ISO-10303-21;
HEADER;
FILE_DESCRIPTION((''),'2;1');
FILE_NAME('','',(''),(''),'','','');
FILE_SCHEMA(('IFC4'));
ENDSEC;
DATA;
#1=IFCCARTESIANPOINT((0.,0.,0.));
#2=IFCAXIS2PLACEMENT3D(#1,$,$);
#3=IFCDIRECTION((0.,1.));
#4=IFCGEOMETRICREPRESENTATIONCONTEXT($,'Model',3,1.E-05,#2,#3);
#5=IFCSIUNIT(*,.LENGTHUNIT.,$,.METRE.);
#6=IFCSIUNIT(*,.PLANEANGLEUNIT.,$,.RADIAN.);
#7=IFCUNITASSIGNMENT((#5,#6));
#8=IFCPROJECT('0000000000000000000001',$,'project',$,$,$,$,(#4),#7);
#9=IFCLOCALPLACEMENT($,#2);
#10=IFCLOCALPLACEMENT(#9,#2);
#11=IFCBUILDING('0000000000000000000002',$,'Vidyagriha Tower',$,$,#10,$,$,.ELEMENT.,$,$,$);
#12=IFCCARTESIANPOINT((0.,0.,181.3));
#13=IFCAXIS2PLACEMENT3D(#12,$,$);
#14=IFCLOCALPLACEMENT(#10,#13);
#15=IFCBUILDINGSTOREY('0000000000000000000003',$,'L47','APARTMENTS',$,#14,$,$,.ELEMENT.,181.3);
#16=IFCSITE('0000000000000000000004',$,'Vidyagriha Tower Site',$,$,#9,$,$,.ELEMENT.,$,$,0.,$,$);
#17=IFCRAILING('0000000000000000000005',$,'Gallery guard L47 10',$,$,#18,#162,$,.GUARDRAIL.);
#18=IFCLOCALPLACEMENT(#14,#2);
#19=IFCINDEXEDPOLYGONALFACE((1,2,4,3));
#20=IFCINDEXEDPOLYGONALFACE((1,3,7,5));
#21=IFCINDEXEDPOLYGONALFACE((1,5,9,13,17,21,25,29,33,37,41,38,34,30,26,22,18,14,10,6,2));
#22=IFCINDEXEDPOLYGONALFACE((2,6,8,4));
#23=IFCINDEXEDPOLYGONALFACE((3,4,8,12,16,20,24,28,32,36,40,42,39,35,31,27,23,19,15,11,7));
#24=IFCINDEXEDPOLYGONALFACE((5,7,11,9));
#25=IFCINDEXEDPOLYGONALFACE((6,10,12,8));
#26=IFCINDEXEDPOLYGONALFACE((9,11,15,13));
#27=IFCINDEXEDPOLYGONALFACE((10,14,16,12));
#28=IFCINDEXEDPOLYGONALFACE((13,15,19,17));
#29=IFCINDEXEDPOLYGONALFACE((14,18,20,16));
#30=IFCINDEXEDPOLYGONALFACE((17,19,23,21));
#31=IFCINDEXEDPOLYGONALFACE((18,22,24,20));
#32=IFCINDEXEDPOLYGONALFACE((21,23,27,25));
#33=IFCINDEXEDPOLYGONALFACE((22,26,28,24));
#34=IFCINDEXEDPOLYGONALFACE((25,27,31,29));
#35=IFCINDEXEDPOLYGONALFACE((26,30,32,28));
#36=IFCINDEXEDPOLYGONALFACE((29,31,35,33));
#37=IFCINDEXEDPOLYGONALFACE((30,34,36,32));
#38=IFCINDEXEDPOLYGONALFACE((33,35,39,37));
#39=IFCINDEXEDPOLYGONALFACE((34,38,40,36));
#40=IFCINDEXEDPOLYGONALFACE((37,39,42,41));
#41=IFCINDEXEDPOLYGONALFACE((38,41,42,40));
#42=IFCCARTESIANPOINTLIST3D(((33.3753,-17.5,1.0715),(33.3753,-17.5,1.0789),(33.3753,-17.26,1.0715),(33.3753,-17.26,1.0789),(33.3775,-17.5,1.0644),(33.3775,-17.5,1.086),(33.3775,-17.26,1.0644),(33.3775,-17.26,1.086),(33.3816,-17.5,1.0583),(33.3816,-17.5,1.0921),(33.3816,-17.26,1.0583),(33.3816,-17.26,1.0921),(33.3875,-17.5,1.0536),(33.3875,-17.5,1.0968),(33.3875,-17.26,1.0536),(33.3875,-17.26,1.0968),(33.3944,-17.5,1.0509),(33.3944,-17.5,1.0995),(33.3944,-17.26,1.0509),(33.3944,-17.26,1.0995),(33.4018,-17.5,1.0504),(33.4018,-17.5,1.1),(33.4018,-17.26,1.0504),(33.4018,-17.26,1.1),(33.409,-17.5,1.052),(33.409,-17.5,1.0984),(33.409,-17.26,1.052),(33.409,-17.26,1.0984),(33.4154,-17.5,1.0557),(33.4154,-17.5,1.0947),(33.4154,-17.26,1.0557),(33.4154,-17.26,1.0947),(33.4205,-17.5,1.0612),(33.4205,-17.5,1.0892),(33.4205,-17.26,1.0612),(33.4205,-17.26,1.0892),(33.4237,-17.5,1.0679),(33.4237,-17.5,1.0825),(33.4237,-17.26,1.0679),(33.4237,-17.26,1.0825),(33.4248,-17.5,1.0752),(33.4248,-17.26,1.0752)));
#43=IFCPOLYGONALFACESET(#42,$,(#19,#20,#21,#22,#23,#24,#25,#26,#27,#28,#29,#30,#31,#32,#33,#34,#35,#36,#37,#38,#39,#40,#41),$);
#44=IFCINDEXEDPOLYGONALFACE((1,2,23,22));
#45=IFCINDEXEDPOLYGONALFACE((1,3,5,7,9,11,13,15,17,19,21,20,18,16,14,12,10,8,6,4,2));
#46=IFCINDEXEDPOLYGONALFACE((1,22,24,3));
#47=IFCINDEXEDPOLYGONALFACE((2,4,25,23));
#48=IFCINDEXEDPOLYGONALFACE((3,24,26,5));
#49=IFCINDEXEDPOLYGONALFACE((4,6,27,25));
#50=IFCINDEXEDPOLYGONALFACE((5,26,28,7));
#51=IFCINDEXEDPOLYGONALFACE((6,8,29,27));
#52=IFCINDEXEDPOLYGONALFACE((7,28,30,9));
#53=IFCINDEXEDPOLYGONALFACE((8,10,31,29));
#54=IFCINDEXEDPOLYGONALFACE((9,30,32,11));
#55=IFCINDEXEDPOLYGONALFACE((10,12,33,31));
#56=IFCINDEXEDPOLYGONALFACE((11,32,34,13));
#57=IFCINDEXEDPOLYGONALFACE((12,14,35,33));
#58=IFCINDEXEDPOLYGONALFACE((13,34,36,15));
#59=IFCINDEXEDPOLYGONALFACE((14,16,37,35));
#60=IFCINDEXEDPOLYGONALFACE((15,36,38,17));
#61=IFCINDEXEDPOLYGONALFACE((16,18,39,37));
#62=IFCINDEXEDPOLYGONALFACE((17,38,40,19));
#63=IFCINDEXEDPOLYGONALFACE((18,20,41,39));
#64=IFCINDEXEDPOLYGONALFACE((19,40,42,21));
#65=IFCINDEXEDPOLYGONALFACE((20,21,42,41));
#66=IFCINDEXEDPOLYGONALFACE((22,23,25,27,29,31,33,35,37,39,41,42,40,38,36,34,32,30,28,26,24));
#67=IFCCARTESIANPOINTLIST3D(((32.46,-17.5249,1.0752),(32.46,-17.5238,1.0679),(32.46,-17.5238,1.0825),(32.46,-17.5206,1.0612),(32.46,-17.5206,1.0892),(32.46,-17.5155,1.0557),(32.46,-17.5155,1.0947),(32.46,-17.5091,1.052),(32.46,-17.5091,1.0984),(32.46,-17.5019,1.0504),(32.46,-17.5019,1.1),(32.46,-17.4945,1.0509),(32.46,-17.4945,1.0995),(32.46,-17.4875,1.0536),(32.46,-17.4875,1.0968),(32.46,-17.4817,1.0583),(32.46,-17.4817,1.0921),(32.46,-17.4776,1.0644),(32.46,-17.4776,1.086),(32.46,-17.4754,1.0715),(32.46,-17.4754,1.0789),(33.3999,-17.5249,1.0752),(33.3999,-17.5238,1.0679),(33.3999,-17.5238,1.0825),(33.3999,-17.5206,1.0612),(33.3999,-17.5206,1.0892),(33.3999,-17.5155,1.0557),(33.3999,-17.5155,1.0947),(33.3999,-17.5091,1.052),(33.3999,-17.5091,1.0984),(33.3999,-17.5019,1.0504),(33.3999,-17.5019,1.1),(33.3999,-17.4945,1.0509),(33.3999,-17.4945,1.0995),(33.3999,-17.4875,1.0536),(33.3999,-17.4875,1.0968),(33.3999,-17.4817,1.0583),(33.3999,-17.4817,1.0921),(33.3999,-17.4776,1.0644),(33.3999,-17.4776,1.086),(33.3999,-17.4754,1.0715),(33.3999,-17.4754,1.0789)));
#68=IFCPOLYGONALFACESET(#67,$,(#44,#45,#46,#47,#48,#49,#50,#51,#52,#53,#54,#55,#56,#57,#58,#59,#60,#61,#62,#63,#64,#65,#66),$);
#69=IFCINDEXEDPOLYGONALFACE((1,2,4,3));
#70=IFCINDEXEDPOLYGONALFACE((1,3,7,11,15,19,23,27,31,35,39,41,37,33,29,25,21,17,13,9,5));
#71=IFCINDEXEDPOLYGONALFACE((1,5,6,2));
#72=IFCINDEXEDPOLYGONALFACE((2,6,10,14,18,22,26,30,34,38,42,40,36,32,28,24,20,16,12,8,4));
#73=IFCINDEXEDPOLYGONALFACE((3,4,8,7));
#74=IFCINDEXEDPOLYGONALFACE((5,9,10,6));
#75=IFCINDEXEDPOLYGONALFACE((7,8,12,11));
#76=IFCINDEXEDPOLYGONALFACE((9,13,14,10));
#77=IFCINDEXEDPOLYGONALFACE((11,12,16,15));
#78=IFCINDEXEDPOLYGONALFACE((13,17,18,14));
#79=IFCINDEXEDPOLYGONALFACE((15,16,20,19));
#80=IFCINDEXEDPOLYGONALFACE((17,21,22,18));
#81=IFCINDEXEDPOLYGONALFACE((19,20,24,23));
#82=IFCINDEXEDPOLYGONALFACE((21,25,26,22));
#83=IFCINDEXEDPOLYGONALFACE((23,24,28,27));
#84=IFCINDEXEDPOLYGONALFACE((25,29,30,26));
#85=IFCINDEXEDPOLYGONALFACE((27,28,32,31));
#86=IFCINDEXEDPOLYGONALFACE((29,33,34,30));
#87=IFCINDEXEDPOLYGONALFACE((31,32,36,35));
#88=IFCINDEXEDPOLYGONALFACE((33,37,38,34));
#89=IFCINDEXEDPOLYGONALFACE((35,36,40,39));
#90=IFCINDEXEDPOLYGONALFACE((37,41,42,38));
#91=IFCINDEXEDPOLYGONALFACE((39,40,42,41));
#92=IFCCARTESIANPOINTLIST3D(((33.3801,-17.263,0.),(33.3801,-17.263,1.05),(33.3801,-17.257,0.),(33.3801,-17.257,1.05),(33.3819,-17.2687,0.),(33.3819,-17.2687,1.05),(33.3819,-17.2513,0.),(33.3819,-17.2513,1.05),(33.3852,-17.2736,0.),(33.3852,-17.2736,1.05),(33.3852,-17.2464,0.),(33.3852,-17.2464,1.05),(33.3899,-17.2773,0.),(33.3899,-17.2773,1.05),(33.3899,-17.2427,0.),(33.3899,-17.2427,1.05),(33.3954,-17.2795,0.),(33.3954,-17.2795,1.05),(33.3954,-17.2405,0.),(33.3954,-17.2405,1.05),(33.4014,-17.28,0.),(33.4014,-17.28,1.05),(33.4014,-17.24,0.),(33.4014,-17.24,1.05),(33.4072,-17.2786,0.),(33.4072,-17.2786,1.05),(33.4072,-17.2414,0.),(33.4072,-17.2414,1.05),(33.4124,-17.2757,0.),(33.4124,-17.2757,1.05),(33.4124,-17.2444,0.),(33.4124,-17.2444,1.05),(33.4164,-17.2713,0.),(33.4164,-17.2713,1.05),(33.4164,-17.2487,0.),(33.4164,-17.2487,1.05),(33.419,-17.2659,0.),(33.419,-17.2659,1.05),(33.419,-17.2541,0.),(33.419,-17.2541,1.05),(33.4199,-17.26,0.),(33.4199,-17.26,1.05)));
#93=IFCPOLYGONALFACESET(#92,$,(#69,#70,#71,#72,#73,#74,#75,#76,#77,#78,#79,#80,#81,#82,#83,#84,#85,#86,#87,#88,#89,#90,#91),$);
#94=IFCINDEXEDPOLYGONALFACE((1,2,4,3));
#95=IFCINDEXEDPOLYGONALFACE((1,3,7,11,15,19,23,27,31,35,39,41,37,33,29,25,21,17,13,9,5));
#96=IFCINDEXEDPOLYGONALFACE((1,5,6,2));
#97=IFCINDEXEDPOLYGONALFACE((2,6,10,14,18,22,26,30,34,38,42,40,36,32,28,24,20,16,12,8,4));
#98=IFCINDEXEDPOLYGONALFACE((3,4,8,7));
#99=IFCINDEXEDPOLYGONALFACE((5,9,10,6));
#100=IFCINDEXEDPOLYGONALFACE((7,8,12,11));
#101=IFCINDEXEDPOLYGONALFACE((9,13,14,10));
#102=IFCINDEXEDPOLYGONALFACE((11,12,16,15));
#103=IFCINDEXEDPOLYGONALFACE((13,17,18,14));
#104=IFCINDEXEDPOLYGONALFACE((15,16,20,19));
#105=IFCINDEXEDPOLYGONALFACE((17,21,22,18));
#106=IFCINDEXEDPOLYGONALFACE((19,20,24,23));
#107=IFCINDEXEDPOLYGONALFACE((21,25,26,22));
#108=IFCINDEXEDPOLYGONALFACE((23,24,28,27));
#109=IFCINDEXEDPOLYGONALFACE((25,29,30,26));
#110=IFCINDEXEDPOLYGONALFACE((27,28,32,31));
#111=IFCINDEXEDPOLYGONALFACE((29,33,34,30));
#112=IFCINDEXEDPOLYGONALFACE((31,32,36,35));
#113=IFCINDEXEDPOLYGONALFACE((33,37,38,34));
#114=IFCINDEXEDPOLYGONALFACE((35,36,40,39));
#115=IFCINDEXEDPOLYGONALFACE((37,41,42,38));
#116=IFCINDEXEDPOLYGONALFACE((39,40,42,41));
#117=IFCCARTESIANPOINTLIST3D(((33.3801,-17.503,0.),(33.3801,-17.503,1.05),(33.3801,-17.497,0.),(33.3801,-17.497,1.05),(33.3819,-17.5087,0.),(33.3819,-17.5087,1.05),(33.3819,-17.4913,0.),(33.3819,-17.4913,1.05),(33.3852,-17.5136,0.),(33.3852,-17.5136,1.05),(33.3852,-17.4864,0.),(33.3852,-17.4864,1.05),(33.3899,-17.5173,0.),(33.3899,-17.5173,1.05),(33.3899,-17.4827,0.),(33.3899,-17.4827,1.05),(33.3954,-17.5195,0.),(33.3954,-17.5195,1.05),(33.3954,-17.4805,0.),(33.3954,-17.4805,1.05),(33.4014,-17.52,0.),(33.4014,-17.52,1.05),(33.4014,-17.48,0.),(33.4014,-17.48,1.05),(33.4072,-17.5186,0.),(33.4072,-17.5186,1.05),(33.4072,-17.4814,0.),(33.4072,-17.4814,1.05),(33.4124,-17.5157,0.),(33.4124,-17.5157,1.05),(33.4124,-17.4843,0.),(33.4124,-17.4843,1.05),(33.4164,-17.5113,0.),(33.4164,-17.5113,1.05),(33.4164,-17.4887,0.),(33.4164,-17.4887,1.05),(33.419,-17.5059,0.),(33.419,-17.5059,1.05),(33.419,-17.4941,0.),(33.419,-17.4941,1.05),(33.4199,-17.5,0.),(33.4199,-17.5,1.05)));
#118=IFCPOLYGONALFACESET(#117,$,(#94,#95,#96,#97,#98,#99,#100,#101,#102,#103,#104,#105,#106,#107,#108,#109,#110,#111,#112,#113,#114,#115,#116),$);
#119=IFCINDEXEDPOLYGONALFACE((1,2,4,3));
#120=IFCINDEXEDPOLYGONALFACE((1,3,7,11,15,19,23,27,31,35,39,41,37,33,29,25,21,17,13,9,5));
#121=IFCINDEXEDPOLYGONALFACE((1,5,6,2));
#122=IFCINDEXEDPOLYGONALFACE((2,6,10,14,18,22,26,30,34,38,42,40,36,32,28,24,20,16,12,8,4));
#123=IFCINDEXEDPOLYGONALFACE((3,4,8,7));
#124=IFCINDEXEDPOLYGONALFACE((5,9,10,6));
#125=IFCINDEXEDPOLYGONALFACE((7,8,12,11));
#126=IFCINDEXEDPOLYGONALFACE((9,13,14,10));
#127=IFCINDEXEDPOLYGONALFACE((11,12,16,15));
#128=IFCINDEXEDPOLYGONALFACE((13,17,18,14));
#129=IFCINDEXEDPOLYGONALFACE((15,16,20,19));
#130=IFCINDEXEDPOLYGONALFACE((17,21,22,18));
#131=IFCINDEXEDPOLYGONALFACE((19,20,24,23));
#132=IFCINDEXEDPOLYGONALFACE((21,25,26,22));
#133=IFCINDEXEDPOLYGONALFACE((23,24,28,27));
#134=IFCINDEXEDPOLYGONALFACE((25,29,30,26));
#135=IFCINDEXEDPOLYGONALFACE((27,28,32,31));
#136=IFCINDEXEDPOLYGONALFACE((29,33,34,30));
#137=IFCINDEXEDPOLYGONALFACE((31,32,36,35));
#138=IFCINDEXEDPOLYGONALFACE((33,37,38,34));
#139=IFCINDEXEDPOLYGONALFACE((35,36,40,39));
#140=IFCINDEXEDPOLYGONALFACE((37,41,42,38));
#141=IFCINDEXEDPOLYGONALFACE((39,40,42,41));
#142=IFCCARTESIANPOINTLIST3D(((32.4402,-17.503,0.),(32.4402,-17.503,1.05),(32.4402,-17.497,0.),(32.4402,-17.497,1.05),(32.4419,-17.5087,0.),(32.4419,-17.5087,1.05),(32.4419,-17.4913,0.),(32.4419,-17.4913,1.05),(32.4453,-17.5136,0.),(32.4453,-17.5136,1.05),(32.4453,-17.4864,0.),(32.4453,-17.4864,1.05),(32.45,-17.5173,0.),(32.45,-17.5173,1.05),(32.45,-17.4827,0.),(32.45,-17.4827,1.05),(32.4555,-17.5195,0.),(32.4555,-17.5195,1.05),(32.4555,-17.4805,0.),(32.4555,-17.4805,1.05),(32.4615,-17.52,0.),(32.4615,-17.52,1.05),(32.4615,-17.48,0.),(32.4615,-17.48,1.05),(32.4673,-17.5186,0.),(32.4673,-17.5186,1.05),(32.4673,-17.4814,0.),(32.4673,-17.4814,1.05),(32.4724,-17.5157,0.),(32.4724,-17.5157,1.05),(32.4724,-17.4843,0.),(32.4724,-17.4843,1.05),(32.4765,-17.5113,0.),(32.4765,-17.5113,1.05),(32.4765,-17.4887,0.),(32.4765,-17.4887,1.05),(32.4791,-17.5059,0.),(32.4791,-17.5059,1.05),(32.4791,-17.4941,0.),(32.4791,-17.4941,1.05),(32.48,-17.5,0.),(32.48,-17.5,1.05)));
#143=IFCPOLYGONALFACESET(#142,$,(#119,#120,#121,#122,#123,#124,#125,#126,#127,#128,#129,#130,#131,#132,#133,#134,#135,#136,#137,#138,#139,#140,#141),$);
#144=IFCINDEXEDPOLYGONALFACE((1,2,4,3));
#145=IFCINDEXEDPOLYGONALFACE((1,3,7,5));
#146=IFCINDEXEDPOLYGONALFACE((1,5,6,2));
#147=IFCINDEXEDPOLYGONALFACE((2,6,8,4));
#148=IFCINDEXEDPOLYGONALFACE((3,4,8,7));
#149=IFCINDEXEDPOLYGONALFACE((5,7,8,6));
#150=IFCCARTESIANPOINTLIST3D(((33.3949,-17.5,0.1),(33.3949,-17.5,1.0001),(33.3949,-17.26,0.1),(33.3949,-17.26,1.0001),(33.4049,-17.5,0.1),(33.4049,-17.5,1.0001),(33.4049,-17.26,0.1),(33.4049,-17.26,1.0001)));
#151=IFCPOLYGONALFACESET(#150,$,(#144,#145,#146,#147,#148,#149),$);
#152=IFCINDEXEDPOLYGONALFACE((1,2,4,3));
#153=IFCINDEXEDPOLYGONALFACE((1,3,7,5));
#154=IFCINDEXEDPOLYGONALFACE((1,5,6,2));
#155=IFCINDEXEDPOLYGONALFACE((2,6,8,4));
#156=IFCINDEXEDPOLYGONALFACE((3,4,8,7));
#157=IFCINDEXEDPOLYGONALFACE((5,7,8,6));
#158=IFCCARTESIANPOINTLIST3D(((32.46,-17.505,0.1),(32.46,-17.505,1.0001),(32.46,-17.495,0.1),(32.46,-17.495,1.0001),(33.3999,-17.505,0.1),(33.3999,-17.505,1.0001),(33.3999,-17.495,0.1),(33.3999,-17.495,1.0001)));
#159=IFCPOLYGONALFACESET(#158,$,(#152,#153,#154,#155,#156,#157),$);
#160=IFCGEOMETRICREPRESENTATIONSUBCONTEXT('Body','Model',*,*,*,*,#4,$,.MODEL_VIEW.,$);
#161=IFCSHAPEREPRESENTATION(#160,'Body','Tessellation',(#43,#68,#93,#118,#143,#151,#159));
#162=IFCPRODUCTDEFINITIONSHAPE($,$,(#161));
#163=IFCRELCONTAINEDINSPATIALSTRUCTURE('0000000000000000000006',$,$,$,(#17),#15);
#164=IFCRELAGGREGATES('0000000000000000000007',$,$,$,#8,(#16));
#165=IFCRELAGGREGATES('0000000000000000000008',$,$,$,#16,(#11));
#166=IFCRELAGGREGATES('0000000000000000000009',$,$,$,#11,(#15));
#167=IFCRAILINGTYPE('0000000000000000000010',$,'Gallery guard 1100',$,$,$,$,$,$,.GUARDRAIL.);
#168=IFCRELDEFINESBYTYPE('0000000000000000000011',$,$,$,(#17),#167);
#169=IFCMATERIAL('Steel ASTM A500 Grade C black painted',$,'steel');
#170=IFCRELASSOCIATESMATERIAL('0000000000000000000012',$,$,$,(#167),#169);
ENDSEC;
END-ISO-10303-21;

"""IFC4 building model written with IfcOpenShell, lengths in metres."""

from ifc_helpers import new_model, si_unit, direction, frame, origin, origin_2d, place, context, subcontext, project, spatial, rectangle, circle, extrude, material, type_object, element, save


model = new_model("IFC4")

# Units and contexts
model_context = context("Model", 3, precision=1e-05, world=origin(), true_north=direction((0.0, 1.0)))
body_context = subcontext(model_context, "Body", "Model", "MODEL_VIEW")
ifc_project = project(units=[si_unit("LENGTHUNIT", "METRE"), si_unit("PLANEANGLEUNIT", "RADIAN")], contexts=[model_context])

# Site, building, storey
site_placement = place(None, origin())
site = spatial("IfcSite", under=ifc_project, at=site_placement, Name="Vidyagriha Tower Site", CompositionType="ELEMENT", RefElevation=0.0)
building_placement = place(site_placement, origin())
building = spatial("IfcBuilding", under=site, at=building_placement, Name="Vidyagriha Tower", CompositionType="ELEMENT")
storey_placement = place(building_placement, frame((0.0, 0.0, 181.3)))
storey = spatial("IfcBuildingStorey", under=building, at=storey_placement, Name="L47", Description="APARTMENTS", CompositionType="ELEMENT", Elevation=181.3)

# Railing
ifc_material_1 = material(Name="Steel ASTM A500 Grade C black painted", Category="steel")
railing_type_1 = type_object("IfcRailingType", Name="Gallery guard 1100", PredefinedType="GUARDRAIL", material=ifc_material_1)
railing_1_placement = place(storey_placement, frame((33.3999, -17.26, 0.0)))
element("IfcRailing", 1, at=railing_1_placement, inside=storey, type_object=railing_type_1, Name="Gallery guard L47 10", PredefinedType="GUARDRAIL", context=body_context, shape_type="SweptSolid", body=[
    extrude(circle(Radius=0.0249, at=origin_2d()), frame((0.0, 0.0, 1.0752), z_axis=(0.0, -1.0, 0.0), x_axis=(1.0, 0.0, 0.0)), (0.0, 0.0, 1.0), 0.24),
    extrude(circle(Radius=0.0249, at=origin_2d()), frame((0.0, -0.24, 1.0752), z_axis=(-1.0, 0.0, 0.0), x_axis=(0.0, -1.0, 0.0)), (0.0, 0.0, 1.0), 0.9399),
    extrude(circle(Radius=0.02, at=origin_2d()), origin(), (0.0, 0.0, 1.0), 1.05),
    extrude(circle(Radius=0.02, at=origin_2d()), frame((0.0, -0.24, 0.0)), (0.0, 0.0, 1.0), 1.05),
    extrude(circle(Radius=0.02, at=origin_2d()), frame((-0.9399, -0.24, 0.0)), (0.0, 0.0, 1.0), 1.05),
    extrude(rectangle(XDim=0.01, YDim=0.9001, at=origin_2d()), frame((0.0, 0.0, 0.55), z_axis=(0.0, -1.0, 0.0), x_axis=(1.0, 0.0, 0.0)), (0.0, 0.0, 1.0), 0.24),
    extrude(rectangle(XDim=0.01, YDim=0.9001, at=origin_2d()), frame((0.0, -0.24, 0.55), z_axis=(-1.0, 0.0, 0.0), x_axis=(0.0, -1.0, 0.0)), (0.0, 0.0, 1.0), 0.9399),
])

save(model, "model.ifc")
